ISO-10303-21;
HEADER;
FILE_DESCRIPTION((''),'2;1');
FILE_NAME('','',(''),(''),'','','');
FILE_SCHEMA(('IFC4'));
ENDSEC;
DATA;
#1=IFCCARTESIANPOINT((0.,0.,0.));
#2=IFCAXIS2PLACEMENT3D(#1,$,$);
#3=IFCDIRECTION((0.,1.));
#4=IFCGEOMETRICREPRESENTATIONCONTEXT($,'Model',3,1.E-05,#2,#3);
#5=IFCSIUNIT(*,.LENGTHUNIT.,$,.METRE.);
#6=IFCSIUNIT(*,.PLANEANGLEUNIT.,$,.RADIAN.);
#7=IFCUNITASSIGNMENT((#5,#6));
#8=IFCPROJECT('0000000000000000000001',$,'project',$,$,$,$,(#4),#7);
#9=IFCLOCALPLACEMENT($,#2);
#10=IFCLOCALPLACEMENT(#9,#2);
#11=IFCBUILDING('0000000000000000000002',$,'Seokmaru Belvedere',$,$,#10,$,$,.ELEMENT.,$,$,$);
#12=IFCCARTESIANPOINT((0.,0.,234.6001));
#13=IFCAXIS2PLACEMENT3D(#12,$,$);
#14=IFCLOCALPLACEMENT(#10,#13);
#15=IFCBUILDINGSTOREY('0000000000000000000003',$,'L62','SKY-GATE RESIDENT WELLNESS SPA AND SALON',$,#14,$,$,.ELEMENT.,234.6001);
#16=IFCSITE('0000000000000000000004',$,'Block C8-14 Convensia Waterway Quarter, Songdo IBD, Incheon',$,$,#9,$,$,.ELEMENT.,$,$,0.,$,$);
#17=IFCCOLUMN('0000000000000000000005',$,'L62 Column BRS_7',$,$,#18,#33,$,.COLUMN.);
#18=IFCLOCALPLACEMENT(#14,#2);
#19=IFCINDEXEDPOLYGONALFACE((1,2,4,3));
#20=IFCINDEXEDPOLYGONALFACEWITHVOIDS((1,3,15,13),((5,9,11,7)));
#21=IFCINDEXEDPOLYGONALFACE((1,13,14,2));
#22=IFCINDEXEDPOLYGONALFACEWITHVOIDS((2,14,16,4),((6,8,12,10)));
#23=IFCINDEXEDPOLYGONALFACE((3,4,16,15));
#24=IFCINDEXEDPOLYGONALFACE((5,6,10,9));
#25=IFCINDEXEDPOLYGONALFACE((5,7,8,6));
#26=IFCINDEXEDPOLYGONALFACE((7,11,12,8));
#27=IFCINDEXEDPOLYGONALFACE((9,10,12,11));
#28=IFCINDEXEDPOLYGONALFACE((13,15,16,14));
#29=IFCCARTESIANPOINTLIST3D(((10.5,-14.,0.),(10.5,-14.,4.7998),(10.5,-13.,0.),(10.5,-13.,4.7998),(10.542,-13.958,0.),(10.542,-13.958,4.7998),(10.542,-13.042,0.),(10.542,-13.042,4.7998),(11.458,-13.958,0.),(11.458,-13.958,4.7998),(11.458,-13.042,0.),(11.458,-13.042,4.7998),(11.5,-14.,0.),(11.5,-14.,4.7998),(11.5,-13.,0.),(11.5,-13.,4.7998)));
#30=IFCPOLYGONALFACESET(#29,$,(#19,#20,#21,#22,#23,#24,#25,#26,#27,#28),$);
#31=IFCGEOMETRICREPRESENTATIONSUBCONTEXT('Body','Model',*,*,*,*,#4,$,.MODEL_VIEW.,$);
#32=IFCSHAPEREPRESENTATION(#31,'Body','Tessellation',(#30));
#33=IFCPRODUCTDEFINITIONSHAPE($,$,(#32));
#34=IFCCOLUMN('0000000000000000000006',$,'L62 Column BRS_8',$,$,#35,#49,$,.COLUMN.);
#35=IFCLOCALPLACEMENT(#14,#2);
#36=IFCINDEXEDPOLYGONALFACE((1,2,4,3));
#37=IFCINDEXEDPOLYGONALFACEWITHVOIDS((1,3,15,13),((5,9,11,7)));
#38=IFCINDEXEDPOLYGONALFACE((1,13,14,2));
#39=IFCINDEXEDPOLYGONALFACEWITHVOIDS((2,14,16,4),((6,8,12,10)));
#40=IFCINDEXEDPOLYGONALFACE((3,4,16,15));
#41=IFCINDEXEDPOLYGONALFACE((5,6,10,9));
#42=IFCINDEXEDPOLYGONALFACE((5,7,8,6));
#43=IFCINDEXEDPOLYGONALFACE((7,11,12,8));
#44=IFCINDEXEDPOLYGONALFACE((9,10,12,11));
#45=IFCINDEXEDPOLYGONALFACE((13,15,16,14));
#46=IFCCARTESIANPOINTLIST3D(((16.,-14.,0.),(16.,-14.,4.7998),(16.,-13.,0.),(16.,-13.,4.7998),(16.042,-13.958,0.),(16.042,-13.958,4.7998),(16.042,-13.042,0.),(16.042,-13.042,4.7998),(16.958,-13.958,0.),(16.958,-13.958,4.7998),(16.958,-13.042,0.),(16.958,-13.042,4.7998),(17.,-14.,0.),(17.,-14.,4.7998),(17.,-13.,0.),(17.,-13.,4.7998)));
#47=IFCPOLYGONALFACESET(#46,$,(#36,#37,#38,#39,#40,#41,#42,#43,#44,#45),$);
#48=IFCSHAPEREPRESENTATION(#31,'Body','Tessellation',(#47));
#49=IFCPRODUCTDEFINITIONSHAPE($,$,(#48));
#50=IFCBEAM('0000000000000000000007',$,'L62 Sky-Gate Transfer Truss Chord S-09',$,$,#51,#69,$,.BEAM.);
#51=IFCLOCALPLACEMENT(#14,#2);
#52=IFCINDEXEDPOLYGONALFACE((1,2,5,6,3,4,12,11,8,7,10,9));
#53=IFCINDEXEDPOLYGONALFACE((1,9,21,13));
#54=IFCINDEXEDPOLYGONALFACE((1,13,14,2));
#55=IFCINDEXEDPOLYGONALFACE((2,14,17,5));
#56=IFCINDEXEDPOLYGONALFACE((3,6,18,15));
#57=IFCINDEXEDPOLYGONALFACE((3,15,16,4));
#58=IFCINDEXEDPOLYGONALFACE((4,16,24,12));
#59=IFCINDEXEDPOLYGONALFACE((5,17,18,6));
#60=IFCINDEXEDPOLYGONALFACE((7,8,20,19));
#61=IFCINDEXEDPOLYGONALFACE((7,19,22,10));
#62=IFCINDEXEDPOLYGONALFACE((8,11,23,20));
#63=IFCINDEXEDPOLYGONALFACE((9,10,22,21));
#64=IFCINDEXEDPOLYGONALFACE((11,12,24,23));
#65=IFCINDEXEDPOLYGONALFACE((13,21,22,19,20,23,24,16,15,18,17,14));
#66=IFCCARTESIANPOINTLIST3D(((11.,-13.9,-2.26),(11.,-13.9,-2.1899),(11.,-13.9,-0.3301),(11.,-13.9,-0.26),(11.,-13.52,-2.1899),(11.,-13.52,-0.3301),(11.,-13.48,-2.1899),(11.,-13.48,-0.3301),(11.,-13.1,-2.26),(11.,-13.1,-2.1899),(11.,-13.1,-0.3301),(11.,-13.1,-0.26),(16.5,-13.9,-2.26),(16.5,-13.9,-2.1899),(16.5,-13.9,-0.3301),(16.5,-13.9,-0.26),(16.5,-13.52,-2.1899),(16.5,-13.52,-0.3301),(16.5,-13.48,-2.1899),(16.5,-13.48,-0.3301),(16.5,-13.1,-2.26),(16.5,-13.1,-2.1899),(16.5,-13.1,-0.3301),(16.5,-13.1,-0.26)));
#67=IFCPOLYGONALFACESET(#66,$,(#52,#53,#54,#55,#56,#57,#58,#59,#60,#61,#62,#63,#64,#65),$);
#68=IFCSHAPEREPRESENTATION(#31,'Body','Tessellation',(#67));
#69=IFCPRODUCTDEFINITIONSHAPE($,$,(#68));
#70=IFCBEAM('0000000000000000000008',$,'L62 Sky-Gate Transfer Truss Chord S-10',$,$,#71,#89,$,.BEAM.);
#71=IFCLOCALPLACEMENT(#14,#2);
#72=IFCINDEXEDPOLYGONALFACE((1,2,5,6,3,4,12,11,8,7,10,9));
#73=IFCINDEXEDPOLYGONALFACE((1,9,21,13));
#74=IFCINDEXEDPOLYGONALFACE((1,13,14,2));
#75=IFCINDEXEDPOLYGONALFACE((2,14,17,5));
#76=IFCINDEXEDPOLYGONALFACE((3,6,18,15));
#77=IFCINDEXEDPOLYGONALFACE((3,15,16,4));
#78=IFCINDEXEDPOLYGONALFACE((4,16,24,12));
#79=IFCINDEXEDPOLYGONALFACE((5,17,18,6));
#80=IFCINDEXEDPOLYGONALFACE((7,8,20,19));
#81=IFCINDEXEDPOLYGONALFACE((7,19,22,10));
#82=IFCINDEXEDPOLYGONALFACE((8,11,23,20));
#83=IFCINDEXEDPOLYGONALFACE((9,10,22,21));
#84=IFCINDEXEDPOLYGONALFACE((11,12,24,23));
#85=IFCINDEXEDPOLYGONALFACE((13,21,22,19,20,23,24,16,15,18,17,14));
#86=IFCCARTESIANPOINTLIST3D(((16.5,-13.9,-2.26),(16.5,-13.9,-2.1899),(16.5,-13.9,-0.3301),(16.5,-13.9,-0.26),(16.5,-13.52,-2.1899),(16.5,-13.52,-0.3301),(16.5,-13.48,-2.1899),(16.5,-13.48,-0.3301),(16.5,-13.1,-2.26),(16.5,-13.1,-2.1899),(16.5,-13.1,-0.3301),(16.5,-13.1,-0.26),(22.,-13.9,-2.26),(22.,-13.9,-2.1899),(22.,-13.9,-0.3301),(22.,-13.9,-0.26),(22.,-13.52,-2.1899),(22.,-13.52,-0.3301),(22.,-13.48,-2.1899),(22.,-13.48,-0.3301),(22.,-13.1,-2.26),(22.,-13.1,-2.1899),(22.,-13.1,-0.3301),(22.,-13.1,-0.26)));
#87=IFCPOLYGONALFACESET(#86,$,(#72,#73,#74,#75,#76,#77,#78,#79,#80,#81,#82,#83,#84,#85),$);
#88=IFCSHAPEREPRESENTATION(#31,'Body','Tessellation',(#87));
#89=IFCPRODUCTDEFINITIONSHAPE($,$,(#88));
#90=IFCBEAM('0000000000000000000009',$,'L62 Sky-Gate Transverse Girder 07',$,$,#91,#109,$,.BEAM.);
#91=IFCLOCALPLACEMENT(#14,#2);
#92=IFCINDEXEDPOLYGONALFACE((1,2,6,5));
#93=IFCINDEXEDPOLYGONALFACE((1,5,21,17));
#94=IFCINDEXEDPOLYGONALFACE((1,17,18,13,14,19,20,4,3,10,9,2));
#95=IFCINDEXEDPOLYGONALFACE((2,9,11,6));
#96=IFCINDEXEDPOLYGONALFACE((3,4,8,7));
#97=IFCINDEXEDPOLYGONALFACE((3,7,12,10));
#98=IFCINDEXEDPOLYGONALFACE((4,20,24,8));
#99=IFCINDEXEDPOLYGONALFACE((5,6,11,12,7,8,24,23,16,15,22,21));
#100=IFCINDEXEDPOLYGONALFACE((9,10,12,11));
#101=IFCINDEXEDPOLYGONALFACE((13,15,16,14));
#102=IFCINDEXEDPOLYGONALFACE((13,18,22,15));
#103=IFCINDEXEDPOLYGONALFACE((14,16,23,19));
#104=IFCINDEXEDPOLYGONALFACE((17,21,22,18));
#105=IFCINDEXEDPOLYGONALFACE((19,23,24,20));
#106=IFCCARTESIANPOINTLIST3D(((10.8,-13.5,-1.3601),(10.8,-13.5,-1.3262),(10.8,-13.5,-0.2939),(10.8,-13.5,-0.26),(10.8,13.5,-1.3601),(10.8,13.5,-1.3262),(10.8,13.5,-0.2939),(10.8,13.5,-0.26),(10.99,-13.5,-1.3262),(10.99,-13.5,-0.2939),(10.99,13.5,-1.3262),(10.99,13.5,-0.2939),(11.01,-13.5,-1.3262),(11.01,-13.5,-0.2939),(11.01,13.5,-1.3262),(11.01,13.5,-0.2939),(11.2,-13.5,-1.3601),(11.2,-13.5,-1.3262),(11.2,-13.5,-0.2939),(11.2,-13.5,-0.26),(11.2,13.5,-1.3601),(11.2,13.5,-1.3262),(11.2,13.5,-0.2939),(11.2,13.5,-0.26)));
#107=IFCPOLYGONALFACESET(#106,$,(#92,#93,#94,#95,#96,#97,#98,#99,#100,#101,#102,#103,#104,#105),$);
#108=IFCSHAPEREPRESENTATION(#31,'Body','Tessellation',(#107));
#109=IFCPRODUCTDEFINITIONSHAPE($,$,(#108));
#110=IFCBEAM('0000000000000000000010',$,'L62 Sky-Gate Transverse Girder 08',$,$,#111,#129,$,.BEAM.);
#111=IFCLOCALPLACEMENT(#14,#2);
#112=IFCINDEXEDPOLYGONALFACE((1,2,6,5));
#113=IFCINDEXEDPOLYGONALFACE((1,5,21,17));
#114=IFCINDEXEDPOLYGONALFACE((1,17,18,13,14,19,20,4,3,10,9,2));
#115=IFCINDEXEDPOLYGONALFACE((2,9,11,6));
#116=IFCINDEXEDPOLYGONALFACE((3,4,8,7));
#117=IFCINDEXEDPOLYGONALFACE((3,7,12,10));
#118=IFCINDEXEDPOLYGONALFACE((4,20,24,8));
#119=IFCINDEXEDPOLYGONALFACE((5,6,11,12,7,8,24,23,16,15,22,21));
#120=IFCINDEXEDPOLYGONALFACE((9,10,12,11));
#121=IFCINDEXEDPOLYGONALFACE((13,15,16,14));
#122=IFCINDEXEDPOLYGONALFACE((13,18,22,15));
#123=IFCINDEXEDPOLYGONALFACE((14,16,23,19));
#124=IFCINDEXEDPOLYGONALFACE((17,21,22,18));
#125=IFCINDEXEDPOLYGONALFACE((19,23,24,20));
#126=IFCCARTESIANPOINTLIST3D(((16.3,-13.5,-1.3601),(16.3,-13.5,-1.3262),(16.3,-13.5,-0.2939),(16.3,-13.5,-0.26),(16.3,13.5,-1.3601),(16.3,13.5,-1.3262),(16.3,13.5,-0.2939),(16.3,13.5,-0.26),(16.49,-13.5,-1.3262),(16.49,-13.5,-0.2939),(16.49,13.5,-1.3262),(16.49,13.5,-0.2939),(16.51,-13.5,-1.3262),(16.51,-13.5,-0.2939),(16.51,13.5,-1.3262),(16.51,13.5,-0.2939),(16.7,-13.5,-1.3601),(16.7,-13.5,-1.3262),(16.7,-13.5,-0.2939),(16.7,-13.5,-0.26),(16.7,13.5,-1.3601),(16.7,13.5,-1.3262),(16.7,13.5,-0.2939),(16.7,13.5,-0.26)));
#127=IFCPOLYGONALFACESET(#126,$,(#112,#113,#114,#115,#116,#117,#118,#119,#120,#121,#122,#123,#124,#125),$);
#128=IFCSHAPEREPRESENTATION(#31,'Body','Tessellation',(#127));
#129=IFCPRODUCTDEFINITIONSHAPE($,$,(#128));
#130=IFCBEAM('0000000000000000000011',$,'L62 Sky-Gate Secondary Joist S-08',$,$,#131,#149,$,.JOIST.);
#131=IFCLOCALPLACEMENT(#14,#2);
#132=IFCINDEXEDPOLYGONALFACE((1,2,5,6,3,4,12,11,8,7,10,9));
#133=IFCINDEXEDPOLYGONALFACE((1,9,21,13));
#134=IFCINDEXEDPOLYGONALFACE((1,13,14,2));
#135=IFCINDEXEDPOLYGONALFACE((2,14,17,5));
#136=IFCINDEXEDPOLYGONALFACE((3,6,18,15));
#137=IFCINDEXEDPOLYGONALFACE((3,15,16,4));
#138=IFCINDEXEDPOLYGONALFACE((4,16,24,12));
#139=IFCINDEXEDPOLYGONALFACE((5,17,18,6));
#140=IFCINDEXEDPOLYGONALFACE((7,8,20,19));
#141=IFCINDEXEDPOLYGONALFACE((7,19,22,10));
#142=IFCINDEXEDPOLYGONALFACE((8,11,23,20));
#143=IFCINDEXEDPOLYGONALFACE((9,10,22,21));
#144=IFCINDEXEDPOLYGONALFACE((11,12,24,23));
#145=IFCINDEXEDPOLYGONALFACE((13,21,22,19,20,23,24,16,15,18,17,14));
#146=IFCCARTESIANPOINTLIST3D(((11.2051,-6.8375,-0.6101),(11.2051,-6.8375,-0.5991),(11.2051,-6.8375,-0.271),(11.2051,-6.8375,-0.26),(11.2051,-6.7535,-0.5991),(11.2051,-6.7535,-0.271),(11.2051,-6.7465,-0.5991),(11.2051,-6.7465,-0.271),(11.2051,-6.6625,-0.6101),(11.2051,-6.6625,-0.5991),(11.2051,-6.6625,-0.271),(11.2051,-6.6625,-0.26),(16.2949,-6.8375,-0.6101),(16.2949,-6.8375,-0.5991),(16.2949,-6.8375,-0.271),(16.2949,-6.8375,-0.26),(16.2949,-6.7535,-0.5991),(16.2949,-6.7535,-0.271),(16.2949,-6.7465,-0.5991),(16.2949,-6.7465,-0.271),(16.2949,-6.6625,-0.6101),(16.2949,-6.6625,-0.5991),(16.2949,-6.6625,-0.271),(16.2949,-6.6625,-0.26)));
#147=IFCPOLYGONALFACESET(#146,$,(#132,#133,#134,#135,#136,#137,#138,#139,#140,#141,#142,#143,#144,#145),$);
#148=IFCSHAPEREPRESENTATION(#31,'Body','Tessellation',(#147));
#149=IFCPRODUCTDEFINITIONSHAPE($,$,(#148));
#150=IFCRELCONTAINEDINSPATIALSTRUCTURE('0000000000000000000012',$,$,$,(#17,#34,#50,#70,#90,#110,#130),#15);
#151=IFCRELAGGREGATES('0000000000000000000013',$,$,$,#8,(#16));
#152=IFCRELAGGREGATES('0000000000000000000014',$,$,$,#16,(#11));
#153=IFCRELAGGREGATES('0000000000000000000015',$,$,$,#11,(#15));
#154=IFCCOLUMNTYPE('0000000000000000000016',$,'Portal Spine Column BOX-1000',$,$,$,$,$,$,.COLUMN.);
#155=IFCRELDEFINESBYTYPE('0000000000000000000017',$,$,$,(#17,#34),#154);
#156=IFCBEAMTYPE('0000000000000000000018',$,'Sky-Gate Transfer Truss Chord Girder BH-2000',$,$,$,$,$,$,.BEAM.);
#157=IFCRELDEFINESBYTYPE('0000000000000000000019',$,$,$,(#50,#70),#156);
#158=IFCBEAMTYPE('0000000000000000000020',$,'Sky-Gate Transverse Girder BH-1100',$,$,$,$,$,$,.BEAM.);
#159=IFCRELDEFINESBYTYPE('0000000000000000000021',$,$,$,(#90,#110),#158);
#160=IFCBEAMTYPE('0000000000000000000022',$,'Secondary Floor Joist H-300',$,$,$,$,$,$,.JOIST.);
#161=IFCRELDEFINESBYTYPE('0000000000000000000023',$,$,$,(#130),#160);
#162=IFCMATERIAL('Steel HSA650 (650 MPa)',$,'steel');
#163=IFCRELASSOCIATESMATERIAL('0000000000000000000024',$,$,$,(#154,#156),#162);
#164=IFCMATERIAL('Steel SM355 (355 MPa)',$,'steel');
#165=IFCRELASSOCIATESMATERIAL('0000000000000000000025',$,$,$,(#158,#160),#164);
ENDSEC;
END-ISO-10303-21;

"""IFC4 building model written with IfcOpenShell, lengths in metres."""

from ifc_helpers import new_model, si_unit, direction, frame, origin, origin_2d, place, context, subcontext, project, spatial, hollow_rectangle, i_section, extrude, source, transform, mapped, material, material_profile, profile_set, type_object, type_shapes, element, save


model = new_model("IFC4")

# Units and contexts
model_context = context("Model", 3, precision=1e-05, world=origin(), true_north=direction((0.0, 1.0)))
body_context = subcontext(model_context, "Body", "Model", "MODEL_VIEW")
ifc_project = project(units=[si_unit("LENGTHUNIT", "METRE"), si_unit("PLANEANGLEUNIT", "RADIAN")], contexts=[model_context])

# Site, building, storey
site_placement = place(None, origin())
site = spatial("IfcSite", under=ifc_project, at=site_placement, Name="Block C8-14 Convensia Waterway Quarter, Songdo IBD, Incheon", CompositionType="ELEMENT", RefElevation=0.0)
building_placement = place(site_placement, origin())
building = spatial("IfcBuilding", under=site, at=building_placement, Name="Seokmaru Belvedere", CompositionType="ELEMENT")
storey_placement = place(building_placement, frame((0.0, 0.0, 234.6001)))
storey = spatial("IfcBuildingStorey", under=building, at=storey_placement, Name="L62", Description="SKY-GATE RESIDENT WELLNESS SPA AND SALON", CompositionType="ELEMENT", Elevation=234.6001)

# Columns
ifc_material_1 = material(Name="Steel HSA650 (650 MPa)", Category="steel")
ifc_material_profile_1 = material_profile(ifc_material_1, hollow_rectangle(XDim=1.0, YDim=1.0, WallThickness=0.042, at=origin_2d()), Name="BOX-1000x1000x42")
ifc_profile_set_1 = profile_set([ifc_material_profile_1], Name="Steel HSA650 (650 MPa)")
column_type = type_object("IfcColumnType", Name="Portal Spine Column BOX-1000", PredefinedType="COLUMN", material=ifc_profile_set_1)
shared_shape_1 = source(origin(), body_context, "Body", "SweptSolid", [
    extrude(hollow_rectangle(XDim=1.0, YDim=1.0, WallThickness=0.042, at=origin_2d()), origin(), (0.0, 0.0, 1.0), 4.7998),
])
type_shapes(column_type, [shared_shape_1])
for number, where, z_axis, x_axis, name in (
    (1, (11.0, -13.5, 0.0), (0.0, 0.0, 1.0), (1.0, 0.0, 0.0), "L62 Column BRS_7"),
    (2, (16.5, -13.5, 0.0), (0.0, 0.0, 1.0), (1.0, 0.0, 0.0), "L62 Column BRS_8"),
):
    element("IfcColumn", number, at=place(storey_placement, frame(where, z_axis=z_axis, x_axis=x_axis)), inside=storey, type_object=column_type, Name=name, PredefinedType="COLUMN", context=body_context, shape_type="MappedRepresentation", body=[
        mapped(shared_shape_1, transform((0.0, 0.0, 0.0), scale=1.0)),
    ])

# Beams
ifc_material_profile_2 = material_profile(ifc_material_1, i_section(OverallWidth=0.8, OverallDepth=2.0, WebThickness=0.04, FlangeThickness=0.0701, at=origin_2d()), Name="BH-2000x800x40x70")
ifc_profile_set_2 = profile_set([ifc_material_profile_2], Name="Steel HSA650 (650 MPa)")
beam_type_1 = type_object("IfcBeamType", Name="Sky-Gate Transfer Truss Chord Girder BH-2000", PredefinedType="BEAM", material=ifc_profile_set_2)
shared_shape_2 = source(origin(), body_context, "Body", "SweptSolid", [
    extrude(i_section(OverallWidth=0.8, OverallDepth=2.0, WebThickness=0.04, FlangeThickness=0.0701, at=origin_2d()), origin(), (0.0, 0.0, 1.0), 5.5),
])
type_shapes(beam_type_1, [shared_shape_2])
for number, where, z_axis, x_axis, name in (
    (3, (11.0, -13.5, -1.26), (1.0, 0.0, 0.0), (0.0, 1.0, 0.0), "L62 Sky-Gate Transfer Truss Chord S-09"),
    (4, (16.5, -13.5, -1.26), (1.0, 0.0, 0.0), (0.0, 1.0, 0.0), "L62 Sky-Gate Transfer Truss Chord S-10"),
):
    element("IfcBeam", number, at=place(storey_placement, frame(where, z_axis=z_axis, x_axis=x_axis)), inside=storey, type_object=beam_type_1, Name=name, PredefinedType="BEAM", context=body_context, shape_type="MappedRepresentation", body=[
        mapped(shared_shape_2, transform((0.0, 0.0, 0.0), scale=1.0)),
    ])
ifc_material_2 = material(Name="Steel SM355 (355 MPa)", Category="steel")
ifc_material_profile_3 = material_profile(ifc_material_2, i_section(OverallWidth=0.3999, OverallDepth=1.1001, WebThickness=0.02, FlangeThickness=0.0339, at=origin_2d()), Name="BH-1100x400x20x34")
ifc_profile_set_3 = profile_set([ifc_material_profile_3], Name="Steel SM355 (355 MPa)")
beam_type_2 = type_object("IfcBeamType", Name="Sky-Gate Transverse Girder BH-1100", PredefinedType="BEAM", material=ifc_profile_set_3)
shared_shape_3 = source(origin(), body_context, "Body", "SweptSolid", [
    extrude(i_section(OverallWidth=0.3999, OverallDepth=1.1001, WebThickness=0.02, FlangeThickness=0.0339, at=origin_2d()), origin(), (0.0, 0.0, 1.0), 27.0),
])
type_shapes(beam_type_2, [shared_shape_3])
for number, where, z_axis, x_axis, name in (
    (5, (11.0, -13.5, -0.8101), (0.0, 1.0, 0.0), (-1.0, 0.0, 0.0), "L62 Sky-Gate Transverse Girder 07"),
    (6, (16.5, -13.5, -0.8101), (0.0, 1.0, 0.0), (-1.0, 0.0, 0.0), "L62 Sky-Gate Transverse Girder 08"),
):
    element("IfcBeam", number, at=place(storey_placement, frame(where, z_axis=z_axis, x_axis=x_axis)), inside=storey, type_object=beam_type_2, Name=name, PredefinedType="BEAM", context=body_context, shape_type="MappedRepresentation", body=[
        mapped(shared_shape_3, transform((0.0, 0.0, 0.0), scale=1.0)),
    ])
ifc_material_profile_4 = material_profile(ifc_material_2, i_section(OverallWidth=0.175, OverallDepth=0.3501, WebThickness=0.0071, FlangeThickness=0.011, at=origin_2d()), Name="H-350x175x7x11")
ifc_profile_set_4 = profile_set([ifc_material_profile_4], Name="Steel SM355 (355 MPa)")
beam_type_3 = type_object("IfcBeamType", Name="Secondary Floor Joist H-300", PredefinedType="JOIST", material=ifc_profile_set_4)
shared_shape_4 = source(origin(), body_context, "Body", "SweptSolid", [
    extrude(i_section(OverallWidth=0.175, OverallDepth=0.3501, WebThickness=0.0071, FlangeThickness=0.011, at=origin_2d()), origin(), (0.0, 0.0, 1.0), 5.0898),
])
type_shapes(beam_type_3, [shared_shape_4])
beam_placement = place(storey_placement, frame((11.2051, -6.75, -0.4351), z_axis=(1.0, 0.0, 0.0), x_axis=(0.0, 1.0, 0.0)))
element("IfcBeam", 7, at=beam_placement, inside=storey, type_object=beam_type_3, Name="L62 Sky-Gate Secondary Joist S-08", PredefinedType="JOIST", context=body_context, shape_type="MappedRepresentation", body=[
    mapped(shared_shape_4, transform((0.0, 0.0, 0.0), scale=1.0)),
])

save(model, "model.ifc")
